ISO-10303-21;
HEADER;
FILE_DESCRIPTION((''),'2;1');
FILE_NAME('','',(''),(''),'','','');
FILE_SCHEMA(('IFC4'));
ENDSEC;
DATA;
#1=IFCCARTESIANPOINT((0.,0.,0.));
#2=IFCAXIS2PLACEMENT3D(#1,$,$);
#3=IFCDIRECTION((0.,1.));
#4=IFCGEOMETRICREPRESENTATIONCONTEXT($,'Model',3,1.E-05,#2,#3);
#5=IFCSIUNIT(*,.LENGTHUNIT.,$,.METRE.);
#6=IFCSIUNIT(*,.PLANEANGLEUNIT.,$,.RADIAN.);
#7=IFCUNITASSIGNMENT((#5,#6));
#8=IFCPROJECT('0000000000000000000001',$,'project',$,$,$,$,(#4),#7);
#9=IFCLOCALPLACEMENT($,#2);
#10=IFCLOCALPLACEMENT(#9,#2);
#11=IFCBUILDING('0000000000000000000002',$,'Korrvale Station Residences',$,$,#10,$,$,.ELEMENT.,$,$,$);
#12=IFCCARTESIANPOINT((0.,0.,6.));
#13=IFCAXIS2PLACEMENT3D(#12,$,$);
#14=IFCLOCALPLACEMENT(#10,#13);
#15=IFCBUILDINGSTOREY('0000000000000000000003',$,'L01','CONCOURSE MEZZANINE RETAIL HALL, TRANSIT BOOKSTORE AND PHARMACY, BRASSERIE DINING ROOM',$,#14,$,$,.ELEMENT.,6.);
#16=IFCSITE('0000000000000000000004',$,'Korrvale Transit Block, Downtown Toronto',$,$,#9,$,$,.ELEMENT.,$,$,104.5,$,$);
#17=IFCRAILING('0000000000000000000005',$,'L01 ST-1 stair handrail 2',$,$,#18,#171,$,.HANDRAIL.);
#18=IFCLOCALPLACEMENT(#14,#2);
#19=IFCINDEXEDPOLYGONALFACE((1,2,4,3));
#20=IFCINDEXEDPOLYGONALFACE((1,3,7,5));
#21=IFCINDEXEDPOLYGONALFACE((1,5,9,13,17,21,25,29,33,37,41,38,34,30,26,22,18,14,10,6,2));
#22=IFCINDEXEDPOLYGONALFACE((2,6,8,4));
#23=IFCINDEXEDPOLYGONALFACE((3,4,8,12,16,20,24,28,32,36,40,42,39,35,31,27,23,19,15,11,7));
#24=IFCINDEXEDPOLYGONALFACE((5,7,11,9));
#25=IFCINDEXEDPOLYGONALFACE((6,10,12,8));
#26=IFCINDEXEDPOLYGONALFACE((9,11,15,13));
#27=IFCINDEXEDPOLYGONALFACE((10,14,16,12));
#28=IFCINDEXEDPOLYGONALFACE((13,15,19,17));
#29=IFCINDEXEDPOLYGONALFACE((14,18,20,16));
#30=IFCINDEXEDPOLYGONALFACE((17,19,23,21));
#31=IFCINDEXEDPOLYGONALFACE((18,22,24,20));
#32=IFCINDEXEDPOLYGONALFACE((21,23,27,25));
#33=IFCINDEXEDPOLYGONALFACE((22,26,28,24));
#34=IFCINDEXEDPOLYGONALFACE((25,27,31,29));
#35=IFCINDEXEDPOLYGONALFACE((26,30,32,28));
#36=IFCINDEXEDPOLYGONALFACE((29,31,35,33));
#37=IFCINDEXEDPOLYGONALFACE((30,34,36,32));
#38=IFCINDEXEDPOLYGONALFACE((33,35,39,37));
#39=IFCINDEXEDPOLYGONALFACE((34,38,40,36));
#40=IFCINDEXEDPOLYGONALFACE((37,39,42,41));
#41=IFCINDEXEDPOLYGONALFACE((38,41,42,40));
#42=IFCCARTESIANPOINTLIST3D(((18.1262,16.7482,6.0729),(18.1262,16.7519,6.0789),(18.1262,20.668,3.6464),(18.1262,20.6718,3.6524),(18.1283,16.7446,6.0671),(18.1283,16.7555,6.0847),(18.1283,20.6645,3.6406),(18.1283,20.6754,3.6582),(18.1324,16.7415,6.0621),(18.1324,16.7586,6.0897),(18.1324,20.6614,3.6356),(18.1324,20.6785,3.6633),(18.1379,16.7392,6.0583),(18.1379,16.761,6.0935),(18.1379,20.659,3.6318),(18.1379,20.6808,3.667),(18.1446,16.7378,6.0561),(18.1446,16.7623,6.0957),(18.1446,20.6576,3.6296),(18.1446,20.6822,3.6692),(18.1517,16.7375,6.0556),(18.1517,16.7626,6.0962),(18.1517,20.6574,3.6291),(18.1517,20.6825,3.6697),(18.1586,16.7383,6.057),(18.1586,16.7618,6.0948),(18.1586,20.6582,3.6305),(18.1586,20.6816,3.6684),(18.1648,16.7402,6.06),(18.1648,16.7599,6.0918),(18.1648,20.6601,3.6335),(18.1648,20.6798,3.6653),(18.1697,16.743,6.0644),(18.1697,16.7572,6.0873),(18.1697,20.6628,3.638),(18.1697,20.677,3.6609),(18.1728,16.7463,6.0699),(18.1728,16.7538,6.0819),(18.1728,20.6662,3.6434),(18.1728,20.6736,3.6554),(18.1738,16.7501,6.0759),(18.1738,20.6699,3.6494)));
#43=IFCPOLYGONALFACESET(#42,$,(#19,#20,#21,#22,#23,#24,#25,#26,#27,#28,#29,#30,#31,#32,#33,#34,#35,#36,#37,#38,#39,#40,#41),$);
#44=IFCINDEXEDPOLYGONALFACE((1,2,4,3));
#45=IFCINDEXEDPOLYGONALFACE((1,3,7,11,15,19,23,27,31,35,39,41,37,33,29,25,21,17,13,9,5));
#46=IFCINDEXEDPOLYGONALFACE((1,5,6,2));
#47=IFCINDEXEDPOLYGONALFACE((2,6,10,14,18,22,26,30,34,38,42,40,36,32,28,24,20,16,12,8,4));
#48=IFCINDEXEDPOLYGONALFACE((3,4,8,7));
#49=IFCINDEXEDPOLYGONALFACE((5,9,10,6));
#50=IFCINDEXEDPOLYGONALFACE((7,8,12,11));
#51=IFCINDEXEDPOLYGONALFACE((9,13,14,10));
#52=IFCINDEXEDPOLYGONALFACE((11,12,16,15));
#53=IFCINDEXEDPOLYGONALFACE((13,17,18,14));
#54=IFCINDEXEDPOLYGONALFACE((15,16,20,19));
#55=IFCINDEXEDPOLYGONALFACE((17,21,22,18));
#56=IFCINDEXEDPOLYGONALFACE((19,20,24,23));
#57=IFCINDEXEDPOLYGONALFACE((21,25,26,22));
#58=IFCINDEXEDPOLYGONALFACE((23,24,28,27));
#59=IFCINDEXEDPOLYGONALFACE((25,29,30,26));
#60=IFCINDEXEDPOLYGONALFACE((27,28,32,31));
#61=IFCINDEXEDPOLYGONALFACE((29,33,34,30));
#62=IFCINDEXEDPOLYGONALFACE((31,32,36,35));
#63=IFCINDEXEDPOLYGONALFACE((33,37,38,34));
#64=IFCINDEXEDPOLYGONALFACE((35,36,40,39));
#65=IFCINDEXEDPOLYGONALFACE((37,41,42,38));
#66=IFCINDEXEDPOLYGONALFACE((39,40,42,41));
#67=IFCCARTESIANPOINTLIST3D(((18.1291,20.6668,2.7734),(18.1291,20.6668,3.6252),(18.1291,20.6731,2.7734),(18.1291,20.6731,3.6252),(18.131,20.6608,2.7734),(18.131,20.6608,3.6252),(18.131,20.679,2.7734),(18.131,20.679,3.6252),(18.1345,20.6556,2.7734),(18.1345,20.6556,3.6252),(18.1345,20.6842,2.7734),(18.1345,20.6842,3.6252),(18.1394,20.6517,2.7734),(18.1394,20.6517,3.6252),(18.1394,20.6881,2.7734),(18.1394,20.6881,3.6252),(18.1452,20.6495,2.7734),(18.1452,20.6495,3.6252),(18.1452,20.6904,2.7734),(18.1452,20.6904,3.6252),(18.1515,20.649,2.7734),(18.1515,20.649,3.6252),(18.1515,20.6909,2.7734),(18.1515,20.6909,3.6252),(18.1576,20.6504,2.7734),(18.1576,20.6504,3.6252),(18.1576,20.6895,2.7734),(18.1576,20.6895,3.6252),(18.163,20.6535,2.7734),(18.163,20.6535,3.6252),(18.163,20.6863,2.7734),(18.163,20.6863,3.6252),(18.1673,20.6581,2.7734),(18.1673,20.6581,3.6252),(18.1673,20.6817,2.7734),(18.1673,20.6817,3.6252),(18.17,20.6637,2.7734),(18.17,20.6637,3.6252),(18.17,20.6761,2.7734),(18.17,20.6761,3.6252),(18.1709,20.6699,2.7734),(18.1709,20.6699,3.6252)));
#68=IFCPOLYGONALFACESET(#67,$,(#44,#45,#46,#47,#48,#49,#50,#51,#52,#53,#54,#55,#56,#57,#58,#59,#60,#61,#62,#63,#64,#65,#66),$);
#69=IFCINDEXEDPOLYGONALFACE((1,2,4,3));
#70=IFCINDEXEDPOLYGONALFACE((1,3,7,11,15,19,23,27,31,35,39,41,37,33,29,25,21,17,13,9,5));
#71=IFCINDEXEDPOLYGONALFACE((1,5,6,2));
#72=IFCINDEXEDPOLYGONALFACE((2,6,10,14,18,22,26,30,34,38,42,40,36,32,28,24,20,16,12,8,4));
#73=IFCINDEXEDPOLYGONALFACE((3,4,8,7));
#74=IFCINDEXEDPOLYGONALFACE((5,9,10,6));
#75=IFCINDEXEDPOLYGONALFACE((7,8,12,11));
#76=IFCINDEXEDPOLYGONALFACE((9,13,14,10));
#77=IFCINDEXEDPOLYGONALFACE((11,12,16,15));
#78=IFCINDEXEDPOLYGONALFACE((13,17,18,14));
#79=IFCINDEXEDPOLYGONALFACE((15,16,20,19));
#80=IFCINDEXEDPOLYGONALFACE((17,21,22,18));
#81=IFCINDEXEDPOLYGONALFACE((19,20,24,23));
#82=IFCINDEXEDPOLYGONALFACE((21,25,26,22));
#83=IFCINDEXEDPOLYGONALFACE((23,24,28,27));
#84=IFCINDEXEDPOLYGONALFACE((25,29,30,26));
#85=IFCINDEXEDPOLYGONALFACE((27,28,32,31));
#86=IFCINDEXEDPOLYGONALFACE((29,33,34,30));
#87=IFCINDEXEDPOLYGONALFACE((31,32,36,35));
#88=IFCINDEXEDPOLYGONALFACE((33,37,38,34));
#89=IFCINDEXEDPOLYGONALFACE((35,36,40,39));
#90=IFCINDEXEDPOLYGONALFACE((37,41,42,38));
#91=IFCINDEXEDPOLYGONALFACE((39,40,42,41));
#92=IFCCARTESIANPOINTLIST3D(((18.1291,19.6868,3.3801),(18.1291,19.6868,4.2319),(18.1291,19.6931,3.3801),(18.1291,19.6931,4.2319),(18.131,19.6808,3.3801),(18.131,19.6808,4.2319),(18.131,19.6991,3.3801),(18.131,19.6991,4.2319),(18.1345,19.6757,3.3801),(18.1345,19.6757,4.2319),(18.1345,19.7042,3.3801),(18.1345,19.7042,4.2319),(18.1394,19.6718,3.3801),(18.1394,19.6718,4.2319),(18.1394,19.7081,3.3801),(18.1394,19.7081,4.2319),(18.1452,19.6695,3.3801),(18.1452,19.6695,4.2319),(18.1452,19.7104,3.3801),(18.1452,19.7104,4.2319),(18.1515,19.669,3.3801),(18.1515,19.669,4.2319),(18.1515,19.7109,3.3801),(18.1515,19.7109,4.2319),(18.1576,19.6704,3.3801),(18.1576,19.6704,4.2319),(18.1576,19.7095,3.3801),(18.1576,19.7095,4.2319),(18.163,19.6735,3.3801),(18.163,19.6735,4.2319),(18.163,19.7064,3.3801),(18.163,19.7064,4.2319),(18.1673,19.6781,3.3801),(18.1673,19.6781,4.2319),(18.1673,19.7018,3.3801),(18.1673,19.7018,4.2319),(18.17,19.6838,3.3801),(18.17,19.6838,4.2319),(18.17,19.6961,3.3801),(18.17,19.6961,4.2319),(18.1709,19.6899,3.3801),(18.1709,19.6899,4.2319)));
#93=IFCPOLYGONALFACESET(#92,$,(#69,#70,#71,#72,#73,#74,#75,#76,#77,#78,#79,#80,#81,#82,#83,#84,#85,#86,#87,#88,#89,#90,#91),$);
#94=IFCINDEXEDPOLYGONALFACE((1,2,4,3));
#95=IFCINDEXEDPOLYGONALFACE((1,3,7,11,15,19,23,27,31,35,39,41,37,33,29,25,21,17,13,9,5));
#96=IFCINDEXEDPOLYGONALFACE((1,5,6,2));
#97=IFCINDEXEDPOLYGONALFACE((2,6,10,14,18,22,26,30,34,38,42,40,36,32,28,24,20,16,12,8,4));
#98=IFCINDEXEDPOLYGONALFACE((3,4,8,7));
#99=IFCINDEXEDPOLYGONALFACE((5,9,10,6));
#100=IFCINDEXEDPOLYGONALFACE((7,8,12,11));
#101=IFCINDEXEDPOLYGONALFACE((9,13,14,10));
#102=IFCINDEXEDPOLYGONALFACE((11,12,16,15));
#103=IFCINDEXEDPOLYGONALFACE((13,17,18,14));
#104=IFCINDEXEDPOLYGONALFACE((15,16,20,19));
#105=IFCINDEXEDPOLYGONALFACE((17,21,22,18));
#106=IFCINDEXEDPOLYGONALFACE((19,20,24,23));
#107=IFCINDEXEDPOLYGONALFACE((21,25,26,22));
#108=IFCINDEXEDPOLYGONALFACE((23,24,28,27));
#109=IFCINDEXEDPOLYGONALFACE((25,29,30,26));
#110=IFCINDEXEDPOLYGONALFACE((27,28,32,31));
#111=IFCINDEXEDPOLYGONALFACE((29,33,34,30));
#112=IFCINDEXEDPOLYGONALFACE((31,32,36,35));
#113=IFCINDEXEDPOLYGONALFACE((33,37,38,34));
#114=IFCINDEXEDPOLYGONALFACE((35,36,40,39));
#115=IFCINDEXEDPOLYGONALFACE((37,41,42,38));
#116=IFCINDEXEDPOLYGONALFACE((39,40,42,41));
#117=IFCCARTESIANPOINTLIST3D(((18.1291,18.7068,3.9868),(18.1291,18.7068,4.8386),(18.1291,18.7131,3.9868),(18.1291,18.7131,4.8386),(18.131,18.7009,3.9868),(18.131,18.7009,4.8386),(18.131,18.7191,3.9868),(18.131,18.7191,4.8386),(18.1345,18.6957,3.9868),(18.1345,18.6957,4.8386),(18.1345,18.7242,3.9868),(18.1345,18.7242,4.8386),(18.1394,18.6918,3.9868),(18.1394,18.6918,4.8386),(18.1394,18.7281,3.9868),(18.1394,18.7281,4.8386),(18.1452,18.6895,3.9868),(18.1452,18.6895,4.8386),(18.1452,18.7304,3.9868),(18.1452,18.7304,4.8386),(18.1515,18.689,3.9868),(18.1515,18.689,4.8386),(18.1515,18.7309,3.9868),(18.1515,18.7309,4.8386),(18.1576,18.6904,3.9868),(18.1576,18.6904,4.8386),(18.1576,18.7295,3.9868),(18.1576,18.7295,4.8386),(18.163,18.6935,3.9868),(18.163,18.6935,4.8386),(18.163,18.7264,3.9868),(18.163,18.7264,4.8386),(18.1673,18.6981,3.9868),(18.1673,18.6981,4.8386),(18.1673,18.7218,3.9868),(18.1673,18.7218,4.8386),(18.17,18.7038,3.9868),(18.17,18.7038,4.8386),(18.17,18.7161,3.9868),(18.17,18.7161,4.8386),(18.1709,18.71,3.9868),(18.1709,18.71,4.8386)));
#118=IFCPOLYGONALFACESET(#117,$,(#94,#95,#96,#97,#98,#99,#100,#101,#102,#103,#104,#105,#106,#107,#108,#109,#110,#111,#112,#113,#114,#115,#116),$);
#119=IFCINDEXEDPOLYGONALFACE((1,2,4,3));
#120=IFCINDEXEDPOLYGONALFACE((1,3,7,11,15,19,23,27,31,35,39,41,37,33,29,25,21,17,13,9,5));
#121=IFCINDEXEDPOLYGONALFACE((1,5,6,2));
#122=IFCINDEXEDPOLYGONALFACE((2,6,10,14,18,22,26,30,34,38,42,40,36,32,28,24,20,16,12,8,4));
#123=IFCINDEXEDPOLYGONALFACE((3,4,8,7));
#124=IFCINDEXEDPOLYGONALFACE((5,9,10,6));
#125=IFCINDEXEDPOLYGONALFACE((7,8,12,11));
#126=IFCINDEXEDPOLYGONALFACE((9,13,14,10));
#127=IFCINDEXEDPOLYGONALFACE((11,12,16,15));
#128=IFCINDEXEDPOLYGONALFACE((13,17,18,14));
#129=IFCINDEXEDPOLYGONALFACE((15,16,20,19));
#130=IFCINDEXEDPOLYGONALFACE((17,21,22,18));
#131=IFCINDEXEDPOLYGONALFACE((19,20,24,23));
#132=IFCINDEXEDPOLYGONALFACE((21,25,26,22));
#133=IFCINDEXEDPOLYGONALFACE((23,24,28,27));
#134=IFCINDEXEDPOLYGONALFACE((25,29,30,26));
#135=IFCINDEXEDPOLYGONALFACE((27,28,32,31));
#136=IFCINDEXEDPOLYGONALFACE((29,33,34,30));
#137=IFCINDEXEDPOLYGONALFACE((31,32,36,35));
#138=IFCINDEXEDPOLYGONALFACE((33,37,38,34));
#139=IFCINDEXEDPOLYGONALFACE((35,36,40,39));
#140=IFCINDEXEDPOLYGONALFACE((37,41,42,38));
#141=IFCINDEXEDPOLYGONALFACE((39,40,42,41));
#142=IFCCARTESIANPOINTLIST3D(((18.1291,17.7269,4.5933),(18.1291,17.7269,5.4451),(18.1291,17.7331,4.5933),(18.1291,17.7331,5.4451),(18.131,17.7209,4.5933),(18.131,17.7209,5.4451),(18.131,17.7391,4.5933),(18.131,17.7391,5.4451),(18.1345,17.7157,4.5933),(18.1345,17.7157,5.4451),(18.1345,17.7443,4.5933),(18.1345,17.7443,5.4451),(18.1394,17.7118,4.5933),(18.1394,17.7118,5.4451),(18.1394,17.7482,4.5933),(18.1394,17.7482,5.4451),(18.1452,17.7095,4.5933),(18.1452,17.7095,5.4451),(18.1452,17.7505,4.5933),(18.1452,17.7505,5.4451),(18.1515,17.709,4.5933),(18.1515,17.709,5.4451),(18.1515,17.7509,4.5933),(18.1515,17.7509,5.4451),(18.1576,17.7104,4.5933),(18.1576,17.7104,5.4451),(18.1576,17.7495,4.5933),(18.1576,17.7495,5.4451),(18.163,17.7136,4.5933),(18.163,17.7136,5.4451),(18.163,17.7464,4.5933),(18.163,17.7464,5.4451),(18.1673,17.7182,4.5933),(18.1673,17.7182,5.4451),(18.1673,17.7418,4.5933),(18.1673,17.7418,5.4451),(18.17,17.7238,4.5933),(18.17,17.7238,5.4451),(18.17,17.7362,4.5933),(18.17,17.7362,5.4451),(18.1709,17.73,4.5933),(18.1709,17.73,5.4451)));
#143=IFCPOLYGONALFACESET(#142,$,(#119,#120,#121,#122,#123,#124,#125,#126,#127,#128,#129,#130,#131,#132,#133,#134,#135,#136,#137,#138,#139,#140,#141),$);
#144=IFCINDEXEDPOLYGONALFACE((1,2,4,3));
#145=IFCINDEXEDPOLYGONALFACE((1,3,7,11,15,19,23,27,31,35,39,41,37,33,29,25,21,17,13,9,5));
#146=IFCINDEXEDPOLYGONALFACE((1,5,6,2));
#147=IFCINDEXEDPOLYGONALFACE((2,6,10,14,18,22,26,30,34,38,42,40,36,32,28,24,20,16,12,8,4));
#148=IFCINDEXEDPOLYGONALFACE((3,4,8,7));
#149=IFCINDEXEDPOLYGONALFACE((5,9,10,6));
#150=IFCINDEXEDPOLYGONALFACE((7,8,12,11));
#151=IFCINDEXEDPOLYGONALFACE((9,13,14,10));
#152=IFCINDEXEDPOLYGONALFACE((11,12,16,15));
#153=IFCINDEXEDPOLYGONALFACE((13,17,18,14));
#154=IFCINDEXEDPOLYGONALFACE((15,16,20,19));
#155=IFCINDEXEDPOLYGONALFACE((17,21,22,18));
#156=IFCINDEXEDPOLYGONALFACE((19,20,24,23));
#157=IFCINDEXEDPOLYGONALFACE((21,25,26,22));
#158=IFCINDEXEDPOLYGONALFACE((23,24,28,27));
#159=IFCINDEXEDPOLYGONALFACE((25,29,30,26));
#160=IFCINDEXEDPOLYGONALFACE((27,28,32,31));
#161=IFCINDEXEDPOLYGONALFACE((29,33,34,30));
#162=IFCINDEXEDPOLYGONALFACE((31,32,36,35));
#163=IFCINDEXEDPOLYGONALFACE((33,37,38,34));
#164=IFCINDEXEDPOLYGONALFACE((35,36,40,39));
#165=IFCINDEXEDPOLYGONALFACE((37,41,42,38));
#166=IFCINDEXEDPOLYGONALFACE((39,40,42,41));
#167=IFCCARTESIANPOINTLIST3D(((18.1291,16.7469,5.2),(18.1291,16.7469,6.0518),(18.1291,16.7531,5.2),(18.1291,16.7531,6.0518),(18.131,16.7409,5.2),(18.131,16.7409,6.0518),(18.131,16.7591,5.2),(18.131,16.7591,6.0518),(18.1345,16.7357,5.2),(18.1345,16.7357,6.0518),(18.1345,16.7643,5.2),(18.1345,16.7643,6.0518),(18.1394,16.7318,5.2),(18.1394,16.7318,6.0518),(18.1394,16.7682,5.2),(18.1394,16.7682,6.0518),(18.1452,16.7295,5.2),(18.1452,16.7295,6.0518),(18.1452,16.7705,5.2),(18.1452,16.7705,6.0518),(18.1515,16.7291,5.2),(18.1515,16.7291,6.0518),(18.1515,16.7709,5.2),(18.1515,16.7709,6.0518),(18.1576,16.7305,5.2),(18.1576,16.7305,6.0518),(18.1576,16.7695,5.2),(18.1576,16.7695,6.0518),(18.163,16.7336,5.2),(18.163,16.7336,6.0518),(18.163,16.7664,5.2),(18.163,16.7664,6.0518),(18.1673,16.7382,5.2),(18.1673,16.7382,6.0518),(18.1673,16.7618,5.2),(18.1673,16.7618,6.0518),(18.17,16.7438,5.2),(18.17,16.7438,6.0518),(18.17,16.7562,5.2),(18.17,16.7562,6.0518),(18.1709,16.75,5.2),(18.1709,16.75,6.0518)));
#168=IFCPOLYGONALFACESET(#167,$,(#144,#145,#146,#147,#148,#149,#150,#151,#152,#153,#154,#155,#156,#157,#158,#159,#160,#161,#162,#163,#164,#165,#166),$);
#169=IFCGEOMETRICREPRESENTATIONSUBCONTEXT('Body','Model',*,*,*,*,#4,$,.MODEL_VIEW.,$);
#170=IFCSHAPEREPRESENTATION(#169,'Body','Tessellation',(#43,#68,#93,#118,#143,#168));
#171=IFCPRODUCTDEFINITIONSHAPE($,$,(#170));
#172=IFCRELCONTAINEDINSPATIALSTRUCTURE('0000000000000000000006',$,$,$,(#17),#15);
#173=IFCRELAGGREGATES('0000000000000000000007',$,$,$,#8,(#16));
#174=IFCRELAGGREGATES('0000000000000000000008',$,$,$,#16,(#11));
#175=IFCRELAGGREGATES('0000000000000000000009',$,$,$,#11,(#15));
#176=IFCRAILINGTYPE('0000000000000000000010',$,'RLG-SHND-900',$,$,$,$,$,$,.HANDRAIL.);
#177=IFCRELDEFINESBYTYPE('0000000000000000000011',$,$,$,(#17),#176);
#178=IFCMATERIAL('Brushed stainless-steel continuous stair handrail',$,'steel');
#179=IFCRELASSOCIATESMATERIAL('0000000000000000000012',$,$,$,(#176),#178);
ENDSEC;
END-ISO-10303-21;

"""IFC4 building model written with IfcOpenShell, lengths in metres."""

from ifc_helpers import new_model, si_unit, direction, frame, origin, origin_2d, place, context, subcontext, project, spatial, circle, extrude, material, type_object, element, save


model = new_model("IFC4")

# Units and contexts
model_context = context("Model", 3, precision=1e-05, world=origin(), true_north=direction((0.0, 1.0)))
body_context = subcontext(model_context, "Body", "Model", "MODEL_VIEW")
ifc_project = project(units=[si_unit("LENGTHUNIT", "METRE"), si_unit("PLANEANGLEUNIT", "RADIAN")], contexts=[model_context])

# Site, building, storey
site_placement = place(None, origin())
site = spatial("IfcSite", under=ifc_project, at=site_placement, Name="Korrvale Transit Block, Downtown Toronto", CompositionType="ELEMENT", RefElevation=104.5)
building_placement = place(site_placement, origin())
building = spatial("IfcBuilding", under=site, at=building_placement, Name="Korrvale Station Residences", CompositionType="ELEMENT")
storey_placement = place(building_placement, frame((0.0, 0.0, 6.0)))
storey = spatial("IfcBuildingStorey", under=building, at=storey_placement, Name="L01", Description="CONCOURSE MEZZANINE RETAIL HALL, TRANSIT BOOKSTORE AND PHARMACY, BRASSERIE DINING ROOM", CompositionType="ELEMENT", Elevation=6.0)

# Railing
ifc_material_1 = material(Name="Brushed stainless-steel continuous stair handrail", Category="steel")
railing_type_1 = type_object("IfcRailingType", Name="RLG-SHND-900", PredefinedType="HANDRAIL", material=ifc_material_1)
railing_1_placement = place(storey_placement, frame((18.1499, 20.6699, 2.7734)))
element("IfcRailing", 1, at=railing_1_placement, inside=storey, type_object=railing_type_1, Name="L01 ST-1 stair handrail 2", PredefinedType="HANDRAIL", context=body_context, shape_type="SweptSolid", body=[
    extrude(circle(Radius=0.0239, at=origin_2d()), frame((0.0, 0.0, 0.876), z_axis=(0.0, -0.850275, 0.526338), x_axis=(1.0, 0.0, 0.0)), (0.0, 0.0, 1.0), 4.6101),
    extrude(circle(Radius=0.021, at=origin_2d()), origin(), (0.0, 0.0, 1.0), 0.8518),
    extrude(circle(Radius=0.021, at=origin_2d()), frame((0.0, -0.98, 0.6067)), (0.0, 0.0, 1.0), 0.8518),
    extrude(circle(Radius=0.021, at=origin_2d()), frame((0.0, -1.96, 1.2134)), (0.0, 0.0, 1.0), 0.8518),
    extrude(circle(Radius=0.021, at=origin_2d()), frame((0.0, -2.9399, 1.8198)), (0.0, 0.0, 1.0), 0.8518),
    extrude(circle(Radius=0.021, at=origin_2d()), frame((0.0, -3.9199, 2.4265)), (0.0, 0.0, 1.0), 0.8518),
])

save(model, "model.ifc")
